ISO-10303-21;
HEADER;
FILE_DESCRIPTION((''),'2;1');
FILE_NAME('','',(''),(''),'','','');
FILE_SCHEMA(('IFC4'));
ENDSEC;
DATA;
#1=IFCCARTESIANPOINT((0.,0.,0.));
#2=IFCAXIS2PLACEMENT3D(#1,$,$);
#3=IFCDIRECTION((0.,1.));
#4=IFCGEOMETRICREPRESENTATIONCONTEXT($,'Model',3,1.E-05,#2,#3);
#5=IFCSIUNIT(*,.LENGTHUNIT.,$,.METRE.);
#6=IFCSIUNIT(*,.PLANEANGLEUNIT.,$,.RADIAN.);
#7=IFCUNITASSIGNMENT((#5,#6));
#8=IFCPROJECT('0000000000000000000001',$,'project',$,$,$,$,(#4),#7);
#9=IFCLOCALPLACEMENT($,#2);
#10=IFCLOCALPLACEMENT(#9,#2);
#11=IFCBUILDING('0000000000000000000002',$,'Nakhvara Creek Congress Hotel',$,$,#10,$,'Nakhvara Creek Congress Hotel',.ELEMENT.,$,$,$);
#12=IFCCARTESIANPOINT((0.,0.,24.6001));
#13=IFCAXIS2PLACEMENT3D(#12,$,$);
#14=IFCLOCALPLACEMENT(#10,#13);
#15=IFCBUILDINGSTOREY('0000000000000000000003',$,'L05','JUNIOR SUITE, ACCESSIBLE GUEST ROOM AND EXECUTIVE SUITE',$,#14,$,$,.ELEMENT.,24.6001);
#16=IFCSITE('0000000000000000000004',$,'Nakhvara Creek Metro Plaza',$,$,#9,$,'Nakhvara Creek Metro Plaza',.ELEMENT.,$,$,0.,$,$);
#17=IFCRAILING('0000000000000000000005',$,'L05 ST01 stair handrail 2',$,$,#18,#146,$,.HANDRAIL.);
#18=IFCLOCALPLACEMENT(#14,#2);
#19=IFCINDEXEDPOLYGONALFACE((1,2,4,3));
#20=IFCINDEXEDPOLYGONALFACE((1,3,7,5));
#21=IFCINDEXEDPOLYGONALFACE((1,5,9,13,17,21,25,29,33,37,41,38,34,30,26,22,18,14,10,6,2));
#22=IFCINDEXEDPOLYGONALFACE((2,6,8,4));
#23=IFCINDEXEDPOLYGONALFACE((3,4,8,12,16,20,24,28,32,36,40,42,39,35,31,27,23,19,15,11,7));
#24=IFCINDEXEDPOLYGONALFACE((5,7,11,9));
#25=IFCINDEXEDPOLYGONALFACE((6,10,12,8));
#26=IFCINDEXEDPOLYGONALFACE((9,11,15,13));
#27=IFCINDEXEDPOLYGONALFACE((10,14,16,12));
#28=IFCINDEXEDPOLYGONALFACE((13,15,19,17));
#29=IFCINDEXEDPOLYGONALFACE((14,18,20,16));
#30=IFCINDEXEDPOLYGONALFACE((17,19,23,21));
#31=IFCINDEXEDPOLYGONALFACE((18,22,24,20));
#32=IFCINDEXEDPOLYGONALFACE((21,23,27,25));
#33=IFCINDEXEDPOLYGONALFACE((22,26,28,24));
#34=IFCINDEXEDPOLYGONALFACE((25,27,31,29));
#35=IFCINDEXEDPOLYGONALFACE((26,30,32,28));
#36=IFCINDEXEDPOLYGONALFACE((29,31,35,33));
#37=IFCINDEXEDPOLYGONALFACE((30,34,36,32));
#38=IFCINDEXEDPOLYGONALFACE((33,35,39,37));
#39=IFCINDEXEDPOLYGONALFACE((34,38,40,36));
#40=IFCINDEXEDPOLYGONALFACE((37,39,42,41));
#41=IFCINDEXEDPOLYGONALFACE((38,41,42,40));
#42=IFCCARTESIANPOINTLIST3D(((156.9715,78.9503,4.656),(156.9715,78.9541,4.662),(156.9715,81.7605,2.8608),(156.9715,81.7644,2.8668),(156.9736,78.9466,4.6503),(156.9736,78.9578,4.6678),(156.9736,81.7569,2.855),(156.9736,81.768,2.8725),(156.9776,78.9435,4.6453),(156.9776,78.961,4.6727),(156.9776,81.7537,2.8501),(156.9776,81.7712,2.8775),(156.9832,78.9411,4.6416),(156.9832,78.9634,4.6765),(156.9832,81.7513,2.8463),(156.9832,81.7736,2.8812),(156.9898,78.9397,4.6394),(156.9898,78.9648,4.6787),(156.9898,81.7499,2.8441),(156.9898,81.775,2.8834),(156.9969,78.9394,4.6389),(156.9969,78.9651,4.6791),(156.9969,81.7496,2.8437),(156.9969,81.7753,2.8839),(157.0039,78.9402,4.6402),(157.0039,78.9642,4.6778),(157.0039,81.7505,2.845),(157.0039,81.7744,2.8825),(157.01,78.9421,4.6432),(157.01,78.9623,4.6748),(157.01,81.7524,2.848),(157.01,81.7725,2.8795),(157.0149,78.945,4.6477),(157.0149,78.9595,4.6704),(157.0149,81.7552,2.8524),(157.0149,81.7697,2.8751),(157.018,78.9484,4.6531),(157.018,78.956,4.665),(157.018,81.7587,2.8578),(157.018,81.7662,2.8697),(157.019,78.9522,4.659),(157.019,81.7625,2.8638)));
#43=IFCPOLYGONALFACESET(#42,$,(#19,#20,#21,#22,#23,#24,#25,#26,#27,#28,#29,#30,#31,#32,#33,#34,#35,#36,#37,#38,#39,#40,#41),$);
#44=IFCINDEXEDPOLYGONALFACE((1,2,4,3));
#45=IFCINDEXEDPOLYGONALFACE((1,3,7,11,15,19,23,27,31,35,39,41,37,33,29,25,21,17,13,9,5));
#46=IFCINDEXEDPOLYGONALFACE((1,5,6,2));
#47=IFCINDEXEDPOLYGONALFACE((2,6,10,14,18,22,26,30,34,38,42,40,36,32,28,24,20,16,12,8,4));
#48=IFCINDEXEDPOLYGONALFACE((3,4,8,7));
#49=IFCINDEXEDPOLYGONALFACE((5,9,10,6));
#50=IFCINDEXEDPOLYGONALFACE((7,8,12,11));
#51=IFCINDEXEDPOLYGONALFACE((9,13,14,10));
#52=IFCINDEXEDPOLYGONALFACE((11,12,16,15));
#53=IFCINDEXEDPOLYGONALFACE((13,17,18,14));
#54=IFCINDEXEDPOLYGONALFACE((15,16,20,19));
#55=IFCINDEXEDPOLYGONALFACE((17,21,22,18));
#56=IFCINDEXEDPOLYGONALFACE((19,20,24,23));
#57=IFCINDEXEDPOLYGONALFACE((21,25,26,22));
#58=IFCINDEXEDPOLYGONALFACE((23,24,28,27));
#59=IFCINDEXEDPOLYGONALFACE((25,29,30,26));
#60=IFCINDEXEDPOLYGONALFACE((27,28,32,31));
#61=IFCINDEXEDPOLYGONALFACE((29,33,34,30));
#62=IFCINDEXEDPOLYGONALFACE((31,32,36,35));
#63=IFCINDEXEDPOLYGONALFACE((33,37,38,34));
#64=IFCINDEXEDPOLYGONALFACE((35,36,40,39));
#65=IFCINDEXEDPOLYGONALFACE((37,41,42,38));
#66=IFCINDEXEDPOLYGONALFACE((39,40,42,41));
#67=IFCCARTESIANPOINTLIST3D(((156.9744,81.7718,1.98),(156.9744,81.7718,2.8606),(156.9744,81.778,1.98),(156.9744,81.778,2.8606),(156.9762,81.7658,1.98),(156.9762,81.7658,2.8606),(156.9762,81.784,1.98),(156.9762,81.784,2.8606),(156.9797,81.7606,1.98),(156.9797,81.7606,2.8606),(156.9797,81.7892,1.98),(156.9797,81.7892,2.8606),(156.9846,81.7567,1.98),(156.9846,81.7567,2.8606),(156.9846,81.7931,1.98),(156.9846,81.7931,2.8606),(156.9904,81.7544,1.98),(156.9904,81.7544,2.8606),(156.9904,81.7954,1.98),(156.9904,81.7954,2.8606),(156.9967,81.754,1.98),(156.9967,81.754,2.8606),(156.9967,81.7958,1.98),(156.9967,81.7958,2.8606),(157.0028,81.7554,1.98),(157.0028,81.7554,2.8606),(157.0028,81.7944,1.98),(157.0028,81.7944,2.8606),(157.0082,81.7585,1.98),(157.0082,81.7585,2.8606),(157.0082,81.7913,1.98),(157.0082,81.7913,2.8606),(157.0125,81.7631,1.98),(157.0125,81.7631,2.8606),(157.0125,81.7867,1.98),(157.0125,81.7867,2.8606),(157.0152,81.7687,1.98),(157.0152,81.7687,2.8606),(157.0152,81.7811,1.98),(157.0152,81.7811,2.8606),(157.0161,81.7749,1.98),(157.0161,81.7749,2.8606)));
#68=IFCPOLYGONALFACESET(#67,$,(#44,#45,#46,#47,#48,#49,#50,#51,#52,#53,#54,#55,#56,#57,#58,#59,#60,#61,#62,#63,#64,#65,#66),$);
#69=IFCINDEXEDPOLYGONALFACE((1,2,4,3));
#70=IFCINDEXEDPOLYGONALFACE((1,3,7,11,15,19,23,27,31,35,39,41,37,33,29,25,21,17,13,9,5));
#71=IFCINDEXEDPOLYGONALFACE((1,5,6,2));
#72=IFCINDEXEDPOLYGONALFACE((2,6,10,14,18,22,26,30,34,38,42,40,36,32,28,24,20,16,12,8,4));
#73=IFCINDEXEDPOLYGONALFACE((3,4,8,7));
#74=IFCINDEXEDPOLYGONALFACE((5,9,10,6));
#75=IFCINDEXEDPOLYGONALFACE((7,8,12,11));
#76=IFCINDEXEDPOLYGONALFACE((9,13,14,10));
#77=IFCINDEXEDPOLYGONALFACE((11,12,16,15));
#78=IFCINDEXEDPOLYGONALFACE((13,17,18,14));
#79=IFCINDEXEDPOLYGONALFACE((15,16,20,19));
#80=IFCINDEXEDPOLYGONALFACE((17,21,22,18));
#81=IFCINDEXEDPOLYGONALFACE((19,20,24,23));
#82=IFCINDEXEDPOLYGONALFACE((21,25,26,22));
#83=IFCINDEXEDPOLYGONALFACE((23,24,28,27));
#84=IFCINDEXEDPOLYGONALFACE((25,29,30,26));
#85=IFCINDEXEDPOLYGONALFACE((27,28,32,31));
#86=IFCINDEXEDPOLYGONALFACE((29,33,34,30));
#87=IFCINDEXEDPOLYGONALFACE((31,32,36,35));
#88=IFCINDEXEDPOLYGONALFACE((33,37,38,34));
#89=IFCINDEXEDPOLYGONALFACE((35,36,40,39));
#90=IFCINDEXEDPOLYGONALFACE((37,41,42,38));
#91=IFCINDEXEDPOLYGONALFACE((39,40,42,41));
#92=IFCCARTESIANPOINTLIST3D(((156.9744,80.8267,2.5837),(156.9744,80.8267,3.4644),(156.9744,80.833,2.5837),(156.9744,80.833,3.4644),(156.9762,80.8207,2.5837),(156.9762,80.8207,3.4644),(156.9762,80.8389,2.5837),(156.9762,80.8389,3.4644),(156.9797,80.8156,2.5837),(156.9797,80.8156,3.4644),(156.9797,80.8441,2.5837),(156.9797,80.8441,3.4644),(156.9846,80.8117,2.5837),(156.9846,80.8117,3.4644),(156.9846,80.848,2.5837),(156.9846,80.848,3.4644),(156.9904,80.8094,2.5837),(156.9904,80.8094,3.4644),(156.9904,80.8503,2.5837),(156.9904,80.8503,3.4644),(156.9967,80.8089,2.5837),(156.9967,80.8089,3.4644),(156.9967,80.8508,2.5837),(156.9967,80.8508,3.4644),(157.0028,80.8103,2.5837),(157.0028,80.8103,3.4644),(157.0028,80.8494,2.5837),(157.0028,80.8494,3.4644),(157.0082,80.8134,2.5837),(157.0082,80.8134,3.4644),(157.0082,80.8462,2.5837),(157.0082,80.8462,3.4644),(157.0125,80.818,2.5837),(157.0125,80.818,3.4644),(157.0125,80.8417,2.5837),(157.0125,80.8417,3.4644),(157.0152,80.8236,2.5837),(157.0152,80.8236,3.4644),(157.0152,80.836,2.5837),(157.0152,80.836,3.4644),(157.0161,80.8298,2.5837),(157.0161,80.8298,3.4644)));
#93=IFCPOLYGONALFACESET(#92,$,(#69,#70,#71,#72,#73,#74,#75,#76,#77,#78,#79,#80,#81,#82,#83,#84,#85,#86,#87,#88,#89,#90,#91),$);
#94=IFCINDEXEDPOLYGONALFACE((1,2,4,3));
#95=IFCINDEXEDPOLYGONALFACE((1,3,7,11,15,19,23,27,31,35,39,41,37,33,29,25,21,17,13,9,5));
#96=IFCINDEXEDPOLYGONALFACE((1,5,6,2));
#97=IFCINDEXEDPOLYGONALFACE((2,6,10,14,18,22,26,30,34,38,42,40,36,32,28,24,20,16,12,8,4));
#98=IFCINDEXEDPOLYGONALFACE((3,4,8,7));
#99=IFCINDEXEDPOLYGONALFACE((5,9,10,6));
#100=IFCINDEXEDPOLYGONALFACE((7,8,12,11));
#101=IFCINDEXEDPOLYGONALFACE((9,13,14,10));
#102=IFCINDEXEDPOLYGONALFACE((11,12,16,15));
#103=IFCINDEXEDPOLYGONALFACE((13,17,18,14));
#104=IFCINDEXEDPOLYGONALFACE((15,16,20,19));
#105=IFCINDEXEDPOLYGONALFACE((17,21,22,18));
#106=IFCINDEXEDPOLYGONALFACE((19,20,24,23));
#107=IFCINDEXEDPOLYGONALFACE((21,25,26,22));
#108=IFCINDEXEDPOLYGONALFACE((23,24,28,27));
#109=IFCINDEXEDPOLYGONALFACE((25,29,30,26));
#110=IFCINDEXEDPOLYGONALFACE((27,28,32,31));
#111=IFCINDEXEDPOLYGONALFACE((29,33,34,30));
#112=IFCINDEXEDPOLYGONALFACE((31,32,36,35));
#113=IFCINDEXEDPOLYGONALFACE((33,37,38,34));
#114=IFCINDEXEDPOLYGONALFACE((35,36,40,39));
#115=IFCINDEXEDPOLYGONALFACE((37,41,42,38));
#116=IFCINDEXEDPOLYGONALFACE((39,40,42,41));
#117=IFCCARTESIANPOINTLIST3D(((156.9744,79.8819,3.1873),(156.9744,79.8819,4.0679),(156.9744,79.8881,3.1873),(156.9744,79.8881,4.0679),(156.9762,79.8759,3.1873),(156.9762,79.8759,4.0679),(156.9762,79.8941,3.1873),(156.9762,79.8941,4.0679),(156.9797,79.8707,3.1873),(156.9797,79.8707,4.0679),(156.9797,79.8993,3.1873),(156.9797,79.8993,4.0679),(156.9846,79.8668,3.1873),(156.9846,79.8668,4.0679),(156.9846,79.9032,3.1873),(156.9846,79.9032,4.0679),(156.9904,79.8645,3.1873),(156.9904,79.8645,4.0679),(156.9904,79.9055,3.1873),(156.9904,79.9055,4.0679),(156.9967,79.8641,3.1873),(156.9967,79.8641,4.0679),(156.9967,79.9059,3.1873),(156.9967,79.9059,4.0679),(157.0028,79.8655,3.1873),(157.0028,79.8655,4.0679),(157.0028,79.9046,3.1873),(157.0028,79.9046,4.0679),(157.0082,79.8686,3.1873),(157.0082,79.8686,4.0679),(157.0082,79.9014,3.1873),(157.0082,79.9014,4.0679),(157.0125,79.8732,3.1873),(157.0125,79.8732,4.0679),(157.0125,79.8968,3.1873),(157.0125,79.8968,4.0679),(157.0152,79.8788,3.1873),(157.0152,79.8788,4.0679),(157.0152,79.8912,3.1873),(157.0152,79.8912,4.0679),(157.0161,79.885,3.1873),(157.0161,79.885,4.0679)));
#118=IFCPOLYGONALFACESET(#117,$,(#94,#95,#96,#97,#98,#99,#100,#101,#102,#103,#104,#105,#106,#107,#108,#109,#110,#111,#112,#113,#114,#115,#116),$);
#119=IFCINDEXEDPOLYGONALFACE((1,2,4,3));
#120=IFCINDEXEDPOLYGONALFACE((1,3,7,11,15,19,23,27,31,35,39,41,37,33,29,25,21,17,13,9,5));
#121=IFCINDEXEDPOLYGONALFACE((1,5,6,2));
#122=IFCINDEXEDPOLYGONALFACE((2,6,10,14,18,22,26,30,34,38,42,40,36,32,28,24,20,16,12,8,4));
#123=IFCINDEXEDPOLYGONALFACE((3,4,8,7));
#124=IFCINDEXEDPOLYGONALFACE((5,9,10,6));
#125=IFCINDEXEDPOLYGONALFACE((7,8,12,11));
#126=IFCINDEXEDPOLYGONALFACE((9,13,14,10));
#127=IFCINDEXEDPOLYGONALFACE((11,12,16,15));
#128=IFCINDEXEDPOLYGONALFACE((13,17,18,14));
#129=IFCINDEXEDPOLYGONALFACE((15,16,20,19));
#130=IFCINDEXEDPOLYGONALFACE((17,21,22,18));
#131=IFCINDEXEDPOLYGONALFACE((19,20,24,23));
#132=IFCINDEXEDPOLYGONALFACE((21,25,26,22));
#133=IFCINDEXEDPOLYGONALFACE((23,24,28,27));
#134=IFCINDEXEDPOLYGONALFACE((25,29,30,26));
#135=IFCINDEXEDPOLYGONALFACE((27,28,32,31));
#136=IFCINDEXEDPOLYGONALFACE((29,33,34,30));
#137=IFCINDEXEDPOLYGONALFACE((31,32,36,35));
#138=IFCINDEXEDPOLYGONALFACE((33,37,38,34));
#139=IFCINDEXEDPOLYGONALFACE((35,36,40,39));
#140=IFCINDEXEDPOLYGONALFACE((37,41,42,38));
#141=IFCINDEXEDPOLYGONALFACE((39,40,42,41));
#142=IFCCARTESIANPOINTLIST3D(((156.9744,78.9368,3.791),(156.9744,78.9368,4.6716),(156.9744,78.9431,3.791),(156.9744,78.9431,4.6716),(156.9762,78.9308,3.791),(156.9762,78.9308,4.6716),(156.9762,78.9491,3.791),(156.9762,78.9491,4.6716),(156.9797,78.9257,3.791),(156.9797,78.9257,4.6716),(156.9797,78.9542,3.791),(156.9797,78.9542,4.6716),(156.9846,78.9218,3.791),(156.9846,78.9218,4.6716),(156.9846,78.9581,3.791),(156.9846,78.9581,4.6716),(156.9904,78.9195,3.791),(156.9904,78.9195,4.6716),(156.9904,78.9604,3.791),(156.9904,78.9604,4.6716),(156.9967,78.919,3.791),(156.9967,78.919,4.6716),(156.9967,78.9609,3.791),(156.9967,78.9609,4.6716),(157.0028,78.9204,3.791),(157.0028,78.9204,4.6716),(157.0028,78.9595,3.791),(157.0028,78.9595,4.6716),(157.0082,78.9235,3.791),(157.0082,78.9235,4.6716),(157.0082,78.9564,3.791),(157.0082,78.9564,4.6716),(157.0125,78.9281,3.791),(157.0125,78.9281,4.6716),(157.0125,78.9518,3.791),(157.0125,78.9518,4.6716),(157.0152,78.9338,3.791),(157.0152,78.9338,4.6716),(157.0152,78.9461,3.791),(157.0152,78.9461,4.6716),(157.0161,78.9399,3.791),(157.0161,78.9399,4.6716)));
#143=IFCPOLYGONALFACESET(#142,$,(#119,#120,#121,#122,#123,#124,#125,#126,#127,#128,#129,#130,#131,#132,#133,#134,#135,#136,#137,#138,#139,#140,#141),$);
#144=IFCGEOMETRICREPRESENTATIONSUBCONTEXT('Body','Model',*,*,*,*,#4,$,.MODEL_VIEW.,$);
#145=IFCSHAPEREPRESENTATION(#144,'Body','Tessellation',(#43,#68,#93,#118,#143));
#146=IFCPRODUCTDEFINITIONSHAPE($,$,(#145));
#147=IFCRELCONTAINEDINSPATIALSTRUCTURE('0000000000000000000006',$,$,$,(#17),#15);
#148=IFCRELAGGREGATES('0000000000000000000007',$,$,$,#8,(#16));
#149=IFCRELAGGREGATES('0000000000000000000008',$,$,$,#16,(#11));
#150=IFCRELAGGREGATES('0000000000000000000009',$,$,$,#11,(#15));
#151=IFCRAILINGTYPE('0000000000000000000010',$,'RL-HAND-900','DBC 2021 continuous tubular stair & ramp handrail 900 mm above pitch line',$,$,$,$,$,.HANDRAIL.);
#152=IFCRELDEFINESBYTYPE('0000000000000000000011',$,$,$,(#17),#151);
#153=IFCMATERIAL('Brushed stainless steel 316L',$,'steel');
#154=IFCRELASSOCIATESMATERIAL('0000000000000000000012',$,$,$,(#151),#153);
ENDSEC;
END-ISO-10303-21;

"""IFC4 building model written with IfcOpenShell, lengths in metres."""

from ifc_helpers import new_model, si_unit, direction, frame, origin, origin_2d, place, context, subcontext, project, spatial, circle, extrude, material, type_object, element, save


model = new_model("IFC4")

# Units and contexts
model_context = context("Model", 3, precision=1e-05, world=origin(), true_north=direction((0.0, 1.0)))
body_context = subcontext(model_context, "Body", "Model", "MODEL_VIEW")
ifc_project = project(units=[si_unit("LENGTHUNIT", "METRE"), si_unit("PLANEANGLEUNIT", "RADIAN")], contexts=[model_context])

# Site, building, storey
site_placement = place(None, origin())
site = spatial("IfcSite", under=ifc_project, at=site_placement, Name="Nakhvara Creek Metro Plaza", LongName="Nakhvara Creek Metro Plaza", CompositionType="ELEMENT", RefElevation=0.0)
building_placement = place(site_placement, origin())
building = spatial("IfcBuilding", under=site, at=building_placement, Name="Nakhvara Creek Congress Hotel", LongName="Nakhvara Creek Congress Hotel", CompositionType="ELEMENT")
storey_placement = place(building_placement, frame((0.0, 0.0, 24.6001)))
storey = spatial("IfcBuildingStorey", under=building, at=storey_placement, Name="L05", Description="JUNIOR SUITE, ACCESSIBLE GUEST ROOM AND EXECUTIVE SUITE", CompositionType="ELEMENT", Elevation=24.6001)

# Railing
ifc_material_1 = material(Name="Brushed stainless steel 316L", Category="steel")
railing_type_1 = type_object("IfcRailingType", Name="RL-HAND-900", Description="DBC 2021 continuous tubular stair & ramp handrail 900 mm above pitch line", PredefinedType="HANDRAIL", material=ifc_material_1)
railing_1_placement = place(storey_placement, frame((156.9951, 81.7749, 1.98)))
element("IfcRailing", 1, at=railing_1_placement, inside=storey, type_object=railing_type_1, Name="L05 ST01 stair handrail 2", PredefinedType="HANDRAIL", context=body_context, shape_type="SweptSolid", body=[
    extrude(circle(Radius=0.0239, at=origin_2d()), frame((0.0, -0.0125, 0.8838), z_axis=(0.0, -0.842722, 0.538349), x_axis=(1.0, 0.0, 0.0)), (0.0, 0.0, 1.0), 3.3347),
    extrude(circle(Radius=0.021, at=origin_2d()), origin(), (0.0, 0.0, 1.0), 0.8806),
    extrude(circle(Radius=0.021, at=origin_2d()), frame((0.0, -0.9451, 0.6038)), (0.0, 0.0, 1.0), 0.8806),
    extrude(circle(Radius=0.021, at=origin_2d()), frame((0.0, -1.8899, 1.2073)), (0.0, 0.0, 1.0), 0.8806),
    extrude(circle(Radius=0.021, at=origin_2d()), frame((0.0, -2.835, 1.811)), (0.0, 0.0, 1.0), 0.8806),
])

save(model, "model.ifc")
